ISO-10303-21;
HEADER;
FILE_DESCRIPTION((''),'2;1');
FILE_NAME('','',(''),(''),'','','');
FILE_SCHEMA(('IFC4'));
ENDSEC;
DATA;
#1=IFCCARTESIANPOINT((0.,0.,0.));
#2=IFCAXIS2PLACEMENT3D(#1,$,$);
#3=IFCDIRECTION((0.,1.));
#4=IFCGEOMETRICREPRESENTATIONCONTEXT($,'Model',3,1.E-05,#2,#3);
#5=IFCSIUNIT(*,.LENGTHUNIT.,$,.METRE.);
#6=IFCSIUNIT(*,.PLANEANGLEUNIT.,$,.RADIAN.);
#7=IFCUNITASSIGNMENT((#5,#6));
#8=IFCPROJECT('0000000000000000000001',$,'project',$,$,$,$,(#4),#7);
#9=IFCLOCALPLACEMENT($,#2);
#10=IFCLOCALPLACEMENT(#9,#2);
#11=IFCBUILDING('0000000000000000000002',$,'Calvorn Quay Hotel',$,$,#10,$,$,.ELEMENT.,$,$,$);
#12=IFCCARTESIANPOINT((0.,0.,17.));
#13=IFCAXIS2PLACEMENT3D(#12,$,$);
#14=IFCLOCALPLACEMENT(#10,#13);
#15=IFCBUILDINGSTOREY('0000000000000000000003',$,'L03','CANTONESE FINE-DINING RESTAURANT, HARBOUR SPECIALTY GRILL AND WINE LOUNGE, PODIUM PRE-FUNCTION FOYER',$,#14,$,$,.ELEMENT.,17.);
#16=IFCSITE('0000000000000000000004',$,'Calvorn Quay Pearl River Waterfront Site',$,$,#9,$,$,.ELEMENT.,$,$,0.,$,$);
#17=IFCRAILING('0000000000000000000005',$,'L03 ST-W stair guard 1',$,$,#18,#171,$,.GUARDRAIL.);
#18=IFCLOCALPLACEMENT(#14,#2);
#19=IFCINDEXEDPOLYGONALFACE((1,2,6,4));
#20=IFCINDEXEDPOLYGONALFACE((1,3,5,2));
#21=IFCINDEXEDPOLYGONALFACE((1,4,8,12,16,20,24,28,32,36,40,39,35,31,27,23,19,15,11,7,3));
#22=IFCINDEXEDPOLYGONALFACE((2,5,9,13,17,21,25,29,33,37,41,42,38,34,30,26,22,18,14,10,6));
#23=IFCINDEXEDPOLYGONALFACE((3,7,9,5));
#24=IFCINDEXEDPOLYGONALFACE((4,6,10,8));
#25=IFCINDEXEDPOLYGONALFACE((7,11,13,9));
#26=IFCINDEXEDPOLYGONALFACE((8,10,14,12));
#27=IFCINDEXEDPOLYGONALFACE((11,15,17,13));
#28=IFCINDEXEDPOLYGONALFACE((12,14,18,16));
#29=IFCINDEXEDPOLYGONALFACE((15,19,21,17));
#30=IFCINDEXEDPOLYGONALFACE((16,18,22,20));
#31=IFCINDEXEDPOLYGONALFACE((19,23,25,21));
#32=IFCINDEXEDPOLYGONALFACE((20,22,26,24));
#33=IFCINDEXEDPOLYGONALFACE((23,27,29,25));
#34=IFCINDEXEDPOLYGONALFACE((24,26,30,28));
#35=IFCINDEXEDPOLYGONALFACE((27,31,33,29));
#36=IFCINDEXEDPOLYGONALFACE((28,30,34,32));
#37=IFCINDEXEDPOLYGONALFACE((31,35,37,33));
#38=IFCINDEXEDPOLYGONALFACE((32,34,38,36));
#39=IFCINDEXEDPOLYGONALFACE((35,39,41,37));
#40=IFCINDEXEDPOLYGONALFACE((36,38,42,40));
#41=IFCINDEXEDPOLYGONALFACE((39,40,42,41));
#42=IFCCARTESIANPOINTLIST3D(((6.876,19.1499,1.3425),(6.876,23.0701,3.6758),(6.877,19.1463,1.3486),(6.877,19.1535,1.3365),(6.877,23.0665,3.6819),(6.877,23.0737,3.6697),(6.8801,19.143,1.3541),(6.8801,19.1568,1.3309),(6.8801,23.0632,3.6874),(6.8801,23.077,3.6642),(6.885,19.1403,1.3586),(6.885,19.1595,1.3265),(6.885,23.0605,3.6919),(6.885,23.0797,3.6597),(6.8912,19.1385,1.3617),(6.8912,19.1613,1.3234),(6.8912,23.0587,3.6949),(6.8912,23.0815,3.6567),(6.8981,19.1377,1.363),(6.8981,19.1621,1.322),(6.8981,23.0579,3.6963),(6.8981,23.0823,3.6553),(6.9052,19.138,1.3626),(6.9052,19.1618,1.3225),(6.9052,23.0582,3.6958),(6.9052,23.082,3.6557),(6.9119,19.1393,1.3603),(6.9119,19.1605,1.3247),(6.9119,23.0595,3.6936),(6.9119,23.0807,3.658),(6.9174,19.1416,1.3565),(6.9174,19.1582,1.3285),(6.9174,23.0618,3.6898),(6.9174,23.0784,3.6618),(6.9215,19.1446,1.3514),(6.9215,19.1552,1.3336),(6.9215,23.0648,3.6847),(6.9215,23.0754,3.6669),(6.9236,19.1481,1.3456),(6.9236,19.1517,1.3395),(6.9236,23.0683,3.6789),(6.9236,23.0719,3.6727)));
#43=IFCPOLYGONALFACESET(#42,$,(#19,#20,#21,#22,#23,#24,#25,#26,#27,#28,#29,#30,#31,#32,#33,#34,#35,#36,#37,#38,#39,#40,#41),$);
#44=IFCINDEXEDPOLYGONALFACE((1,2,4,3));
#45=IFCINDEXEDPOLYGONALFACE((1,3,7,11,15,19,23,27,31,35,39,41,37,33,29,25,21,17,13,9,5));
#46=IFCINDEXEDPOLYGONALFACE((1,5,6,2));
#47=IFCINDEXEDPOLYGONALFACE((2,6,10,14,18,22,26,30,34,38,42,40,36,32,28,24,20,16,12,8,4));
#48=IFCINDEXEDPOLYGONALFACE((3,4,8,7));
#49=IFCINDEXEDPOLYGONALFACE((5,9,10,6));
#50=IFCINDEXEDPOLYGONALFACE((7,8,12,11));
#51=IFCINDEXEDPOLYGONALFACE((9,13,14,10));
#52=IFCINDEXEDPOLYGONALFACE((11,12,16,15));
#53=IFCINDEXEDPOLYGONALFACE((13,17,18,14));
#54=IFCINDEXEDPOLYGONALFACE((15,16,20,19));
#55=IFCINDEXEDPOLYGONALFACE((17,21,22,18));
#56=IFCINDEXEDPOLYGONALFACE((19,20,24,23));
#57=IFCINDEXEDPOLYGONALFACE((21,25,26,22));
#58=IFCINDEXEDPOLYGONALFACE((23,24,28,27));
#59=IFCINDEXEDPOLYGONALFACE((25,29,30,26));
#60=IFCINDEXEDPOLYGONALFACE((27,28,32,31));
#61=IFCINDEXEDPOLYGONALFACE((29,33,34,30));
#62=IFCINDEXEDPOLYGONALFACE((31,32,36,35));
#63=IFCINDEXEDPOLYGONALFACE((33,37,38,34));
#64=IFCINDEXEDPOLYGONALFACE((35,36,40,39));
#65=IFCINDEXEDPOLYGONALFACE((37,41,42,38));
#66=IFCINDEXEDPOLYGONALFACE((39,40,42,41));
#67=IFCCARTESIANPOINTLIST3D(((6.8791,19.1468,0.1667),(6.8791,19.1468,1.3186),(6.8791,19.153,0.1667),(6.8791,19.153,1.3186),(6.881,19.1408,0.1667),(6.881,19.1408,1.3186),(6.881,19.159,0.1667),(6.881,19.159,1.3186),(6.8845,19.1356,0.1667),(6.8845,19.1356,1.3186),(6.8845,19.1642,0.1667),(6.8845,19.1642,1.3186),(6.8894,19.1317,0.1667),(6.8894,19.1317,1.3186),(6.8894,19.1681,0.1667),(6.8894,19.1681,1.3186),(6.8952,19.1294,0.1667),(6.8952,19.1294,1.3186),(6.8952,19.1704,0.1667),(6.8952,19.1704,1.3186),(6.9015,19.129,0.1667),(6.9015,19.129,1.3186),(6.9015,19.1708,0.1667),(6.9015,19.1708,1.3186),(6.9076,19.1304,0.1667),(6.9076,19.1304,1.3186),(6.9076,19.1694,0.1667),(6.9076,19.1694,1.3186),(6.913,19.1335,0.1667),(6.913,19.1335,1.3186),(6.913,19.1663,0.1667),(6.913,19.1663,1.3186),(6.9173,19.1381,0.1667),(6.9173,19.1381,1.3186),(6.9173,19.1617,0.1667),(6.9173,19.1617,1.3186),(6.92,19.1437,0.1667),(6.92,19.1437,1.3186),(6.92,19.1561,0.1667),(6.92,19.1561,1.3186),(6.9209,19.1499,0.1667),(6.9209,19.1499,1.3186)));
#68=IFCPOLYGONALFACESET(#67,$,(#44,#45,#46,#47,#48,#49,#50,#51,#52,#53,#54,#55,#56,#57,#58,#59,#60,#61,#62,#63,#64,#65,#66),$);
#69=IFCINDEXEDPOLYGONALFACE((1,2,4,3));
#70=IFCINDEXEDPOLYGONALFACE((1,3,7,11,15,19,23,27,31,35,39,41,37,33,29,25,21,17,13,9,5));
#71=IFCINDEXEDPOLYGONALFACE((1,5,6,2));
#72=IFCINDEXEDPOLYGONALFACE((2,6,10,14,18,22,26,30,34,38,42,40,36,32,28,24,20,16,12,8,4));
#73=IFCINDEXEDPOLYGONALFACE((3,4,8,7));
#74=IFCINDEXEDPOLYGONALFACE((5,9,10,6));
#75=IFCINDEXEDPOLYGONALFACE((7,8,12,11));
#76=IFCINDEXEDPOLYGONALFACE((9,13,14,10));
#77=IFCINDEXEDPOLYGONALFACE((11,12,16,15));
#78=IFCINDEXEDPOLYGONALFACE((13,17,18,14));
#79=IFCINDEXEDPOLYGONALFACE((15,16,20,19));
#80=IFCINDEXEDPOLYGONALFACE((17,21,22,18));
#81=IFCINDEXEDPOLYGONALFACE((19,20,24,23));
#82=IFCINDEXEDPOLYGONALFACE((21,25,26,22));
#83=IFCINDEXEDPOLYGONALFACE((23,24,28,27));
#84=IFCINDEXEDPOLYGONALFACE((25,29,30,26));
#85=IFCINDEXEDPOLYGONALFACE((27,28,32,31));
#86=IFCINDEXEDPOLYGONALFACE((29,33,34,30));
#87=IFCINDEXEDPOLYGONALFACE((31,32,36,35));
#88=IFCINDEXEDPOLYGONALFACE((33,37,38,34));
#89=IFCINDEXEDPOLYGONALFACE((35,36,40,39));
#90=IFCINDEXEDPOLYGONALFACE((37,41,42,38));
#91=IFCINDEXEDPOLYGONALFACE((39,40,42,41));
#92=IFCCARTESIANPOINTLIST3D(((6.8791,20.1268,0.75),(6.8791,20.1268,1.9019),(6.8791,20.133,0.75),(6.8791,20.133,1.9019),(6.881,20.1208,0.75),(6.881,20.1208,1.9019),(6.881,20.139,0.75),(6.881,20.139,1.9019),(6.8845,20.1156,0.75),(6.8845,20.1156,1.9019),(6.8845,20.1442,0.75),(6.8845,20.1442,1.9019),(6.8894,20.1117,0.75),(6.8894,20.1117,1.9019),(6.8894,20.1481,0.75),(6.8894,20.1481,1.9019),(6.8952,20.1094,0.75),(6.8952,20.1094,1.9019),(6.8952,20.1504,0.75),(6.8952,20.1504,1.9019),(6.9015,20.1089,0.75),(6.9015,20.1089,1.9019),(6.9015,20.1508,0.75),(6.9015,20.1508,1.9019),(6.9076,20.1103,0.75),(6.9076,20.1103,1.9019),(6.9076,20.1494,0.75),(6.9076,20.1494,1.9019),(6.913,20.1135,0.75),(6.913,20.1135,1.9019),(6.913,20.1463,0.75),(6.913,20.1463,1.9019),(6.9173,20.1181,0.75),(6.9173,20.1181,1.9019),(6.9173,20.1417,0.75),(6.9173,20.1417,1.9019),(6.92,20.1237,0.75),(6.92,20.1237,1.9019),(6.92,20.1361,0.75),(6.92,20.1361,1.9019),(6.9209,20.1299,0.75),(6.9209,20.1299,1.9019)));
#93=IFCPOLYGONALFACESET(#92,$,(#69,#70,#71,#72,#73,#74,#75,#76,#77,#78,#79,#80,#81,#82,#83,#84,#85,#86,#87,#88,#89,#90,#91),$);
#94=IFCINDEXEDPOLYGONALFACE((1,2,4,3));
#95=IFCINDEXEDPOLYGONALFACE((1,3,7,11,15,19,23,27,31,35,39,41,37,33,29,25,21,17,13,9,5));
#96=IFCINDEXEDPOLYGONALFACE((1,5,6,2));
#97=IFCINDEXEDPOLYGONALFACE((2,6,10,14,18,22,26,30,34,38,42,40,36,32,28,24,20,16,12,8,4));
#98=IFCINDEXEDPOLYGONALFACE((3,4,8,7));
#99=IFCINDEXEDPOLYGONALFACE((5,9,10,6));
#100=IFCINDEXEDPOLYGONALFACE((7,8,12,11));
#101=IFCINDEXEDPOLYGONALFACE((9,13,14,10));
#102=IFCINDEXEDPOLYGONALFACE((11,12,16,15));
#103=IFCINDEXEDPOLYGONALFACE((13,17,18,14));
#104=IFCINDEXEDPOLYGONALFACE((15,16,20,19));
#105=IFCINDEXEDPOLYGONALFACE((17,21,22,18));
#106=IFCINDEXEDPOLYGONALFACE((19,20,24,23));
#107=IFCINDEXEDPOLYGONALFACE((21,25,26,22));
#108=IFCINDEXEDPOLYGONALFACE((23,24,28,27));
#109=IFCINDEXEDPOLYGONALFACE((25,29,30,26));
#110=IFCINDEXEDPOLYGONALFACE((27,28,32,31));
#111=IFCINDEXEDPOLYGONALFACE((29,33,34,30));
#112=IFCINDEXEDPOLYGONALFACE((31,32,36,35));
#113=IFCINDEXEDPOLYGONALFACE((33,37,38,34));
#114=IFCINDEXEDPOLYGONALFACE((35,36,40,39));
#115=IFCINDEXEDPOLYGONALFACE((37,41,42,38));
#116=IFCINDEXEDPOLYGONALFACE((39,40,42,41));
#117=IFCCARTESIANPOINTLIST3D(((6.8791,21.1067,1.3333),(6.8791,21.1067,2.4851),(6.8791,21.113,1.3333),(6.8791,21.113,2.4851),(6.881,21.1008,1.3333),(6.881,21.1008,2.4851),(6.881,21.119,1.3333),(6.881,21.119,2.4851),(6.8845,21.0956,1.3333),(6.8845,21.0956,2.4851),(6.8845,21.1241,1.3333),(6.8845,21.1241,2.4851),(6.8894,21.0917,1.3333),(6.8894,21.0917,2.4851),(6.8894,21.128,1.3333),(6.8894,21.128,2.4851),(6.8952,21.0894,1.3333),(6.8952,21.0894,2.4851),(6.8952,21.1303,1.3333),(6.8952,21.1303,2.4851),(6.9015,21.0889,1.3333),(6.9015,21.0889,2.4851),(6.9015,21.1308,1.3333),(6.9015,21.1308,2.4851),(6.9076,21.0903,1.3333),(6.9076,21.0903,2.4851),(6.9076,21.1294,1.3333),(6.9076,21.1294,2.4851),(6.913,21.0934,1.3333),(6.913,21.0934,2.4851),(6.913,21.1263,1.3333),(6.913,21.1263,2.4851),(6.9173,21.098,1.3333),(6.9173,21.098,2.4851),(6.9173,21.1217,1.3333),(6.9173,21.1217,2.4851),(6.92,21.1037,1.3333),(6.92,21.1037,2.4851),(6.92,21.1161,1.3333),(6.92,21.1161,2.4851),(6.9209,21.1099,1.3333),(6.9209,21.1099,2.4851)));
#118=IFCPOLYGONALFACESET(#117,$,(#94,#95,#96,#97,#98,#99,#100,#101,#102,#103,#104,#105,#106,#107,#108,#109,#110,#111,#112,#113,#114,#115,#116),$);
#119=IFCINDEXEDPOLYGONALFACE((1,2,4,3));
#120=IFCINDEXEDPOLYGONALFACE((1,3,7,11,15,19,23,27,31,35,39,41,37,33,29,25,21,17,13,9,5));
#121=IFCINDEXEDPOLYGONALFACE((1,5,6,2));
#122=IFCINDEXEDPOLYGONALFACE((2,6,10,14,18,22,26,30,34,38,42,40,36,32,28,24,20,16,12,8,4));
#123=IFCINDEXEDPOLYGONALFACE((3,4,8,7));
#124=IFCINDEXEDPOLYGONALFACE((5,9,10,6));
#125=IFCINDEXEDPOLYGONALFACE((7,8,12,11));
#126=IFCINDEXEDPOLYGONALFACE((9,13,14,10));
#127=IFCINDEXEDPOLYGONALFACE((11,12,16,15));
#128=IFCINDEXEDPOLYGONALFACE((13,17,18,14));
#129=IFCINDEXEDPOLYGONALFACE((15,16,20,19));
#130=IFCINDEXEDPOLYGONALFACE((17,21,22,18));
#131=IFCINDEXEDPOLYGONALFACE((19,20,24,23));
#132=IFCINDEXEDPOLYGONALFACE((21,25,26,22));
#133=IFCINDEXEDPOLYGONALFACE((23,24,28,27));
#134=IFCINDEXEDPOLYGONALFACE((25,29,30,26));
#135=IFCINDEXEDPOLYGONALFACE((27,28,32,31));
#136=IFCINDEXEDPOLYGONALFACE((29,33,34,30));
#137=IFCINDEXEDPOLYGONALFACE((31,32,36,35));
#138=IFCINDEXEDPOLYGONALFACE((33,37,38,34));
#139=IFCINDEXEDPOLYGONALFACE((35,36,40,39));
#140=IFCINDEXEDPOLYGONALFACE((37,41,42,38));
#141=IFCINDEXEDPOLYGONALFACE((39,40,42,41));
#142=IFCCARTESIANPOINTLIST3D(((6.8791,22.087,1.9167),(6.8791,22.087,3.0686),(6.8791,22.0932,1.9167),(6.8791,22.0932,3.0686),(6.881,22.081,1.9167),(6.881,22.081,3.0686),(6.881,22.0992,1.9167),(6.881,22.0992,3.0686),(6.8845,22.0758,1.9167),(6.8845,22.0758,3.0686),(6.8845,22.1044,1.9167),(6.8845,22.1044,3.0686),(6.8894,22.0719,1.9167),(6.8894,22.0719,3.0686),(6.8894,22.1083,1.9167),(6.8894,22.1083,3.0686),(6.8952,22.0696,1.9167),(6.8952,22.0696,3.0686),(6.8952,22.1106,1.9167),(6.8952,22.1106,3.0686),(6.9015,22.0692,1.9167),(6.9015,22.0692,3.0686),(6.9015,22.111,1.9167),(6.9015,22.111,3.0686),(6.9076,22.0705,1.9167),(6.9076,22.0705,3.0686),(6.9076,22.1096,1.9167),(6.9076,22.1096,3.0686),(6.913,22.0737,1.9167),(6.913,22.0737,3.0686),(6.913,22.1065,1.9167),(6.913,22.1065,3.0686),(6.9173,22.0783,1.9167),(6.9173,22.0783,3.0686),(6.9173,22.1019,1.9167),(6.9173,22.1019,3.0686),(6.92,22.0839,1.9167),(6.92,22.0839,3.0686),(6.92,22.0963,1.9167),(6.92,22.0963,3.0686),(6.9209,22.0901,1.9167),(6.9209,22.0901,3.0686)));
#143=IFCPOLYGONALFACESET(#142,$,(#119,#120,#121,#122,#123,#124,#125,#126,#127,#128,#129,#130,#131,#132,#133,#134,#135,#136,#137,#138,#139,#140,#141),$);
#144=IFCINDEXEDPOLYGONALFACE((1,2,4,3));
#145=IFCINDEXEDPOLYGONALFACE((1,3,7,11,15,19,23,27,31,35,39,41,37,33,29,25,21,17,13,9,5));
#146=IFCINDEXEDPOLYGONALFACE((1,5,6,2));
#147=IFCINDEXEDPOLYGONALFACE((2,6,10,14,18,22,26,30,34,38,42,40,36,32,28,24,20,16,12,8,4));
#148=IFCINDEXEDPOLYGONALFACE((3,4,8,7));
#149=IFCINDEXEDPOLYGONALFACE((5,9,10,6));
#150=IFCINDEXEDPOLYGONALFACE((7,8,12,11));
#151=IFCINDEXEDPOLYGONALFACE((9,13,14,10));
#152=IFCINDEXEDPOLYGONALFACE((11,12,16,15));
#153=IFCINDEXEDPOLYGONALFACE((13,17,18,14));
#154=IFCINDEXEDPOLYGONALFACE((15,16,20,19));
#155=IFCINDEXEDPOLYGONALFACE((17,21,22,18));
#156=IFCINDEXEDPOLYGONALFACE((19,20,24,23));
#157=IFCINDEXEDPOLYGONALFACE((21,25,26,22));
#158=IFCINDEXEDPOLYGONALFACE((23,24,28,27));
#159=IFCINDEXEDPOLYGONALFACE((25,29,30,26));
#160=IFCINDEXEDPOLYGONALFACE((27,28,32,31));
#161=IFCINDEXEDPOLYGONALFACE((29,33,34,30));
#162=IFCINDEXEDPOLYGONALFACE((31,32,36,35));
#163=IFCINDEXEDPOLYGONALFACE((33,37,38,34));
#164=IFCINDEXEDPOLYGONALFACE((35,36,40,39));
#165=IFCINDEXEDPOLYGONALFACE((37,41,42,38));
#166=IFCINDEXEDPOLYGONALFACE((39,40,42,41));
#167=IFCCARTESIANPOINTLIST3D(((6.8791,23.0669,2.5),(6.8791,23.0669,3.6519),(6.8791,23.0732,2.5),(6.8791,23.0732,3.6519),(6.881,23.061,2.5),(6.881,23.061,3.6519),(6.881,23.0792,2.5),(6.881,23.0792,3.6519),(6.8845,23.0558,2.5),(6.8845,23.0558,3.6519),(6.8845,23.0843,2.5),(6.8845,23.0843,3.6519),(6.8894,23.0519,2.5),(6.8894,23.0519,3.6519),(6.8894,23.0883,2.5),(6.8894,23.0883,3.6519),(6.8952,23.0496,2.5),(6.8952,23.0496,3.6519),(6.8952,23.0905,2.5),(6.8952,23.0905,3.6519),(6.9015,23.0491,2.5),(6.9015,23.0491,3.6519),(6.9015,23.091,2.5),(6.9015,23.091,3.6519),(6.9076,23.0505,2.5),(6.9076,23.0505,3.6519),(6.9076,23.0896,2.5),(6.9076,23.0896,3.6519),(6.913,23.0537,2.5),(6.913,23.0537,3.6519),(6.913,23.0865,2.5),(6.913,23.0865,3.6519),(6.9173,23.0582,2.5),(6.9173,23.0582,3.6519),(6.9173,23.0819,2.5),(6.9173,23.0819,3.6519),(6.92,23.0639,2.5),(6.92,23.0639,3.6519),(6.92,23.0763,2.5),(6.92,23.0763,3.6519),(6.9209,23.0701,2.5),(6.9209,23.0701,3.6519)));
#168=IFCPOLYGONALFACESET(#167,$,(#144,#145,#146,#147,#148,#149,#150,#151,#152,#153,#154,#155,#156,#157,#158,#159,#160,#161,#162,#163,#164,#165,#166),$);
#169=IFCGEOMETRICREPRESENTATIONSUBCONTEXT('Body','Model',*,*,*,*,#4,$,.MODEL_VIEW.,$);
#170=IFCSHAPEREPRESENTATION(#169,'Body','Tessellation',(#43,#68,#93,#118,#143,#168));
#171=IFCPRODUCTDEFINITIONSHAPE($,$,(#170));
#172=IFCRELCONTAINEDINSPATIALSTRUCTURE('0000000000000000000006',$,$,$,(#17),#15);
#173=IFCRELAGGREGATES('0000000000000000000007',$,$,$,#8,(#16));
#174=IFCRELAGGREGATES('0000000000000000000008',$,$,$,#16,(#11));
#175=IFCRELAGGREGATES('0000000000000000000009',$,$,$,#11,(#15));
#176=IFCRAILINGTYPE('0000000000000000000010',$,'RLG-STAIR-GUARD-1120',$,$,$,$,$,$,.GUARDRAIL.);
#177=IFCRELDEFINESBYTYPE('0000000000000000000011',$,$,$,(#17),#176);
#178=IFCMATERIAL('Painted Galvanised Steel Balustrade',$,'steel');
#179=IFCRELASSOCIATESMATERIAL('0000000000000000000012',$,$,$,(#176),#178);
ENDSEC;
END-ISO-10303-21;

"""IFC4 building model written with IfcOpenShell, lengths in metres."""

from ifc_helpers import new_model, si_unit, direction, frame, origin, origin_2d, place, context, subcontext, project, spatial, circle, extrude, material, type_object, element, save


model = new_model("IFC4")

# Units and contexts
model_context = context("Model", 3, precision=1e-05, world=origin(), true_north=direction((0.0, 1.0)))
body_context = subcontext(model_context, "Body", "Model", "MODEL_VIEW")
ifc_project = project(units=[si_unit("LENGTHUNIT", "METRE"), si_unit("PLANEANGLEUNIT", "RADIAN")], contexts=[model_context])

# Site, building, storey
site_placement = place(None, origin())
site = spatial("IfcSite", under=ifc_project, at=site_placement, Name="Calvorn Quay Pearl River Waterfront Site", CompositionType="ELEMENT", RefElevation=0.0)
building_placement = place(site_placement, origin())
building = spatial("IfcBuilding", under=site, at=building_placement, Name="Calvorn Quay Hotel", CompositionType="ELEMENT")
storey_placement = place(building_placement, frame((0.0, 0.0, 17.0)))
storey = spatial("IfcBuildingStorey", under=building, at=storey_placement, Name="L03", Description="CANTONESE FINE-DINING RESTAURANT, HARBOUR SPECIALTY GRILL AND WINE LOUNGE, PODIUM PRE-FUNCTION FOYER", CompositionType="ELEMENT", Elevation=17.0)

# Railing
ifc_material_1 = material(Name="Painted Galvanised Steel Balustrade", Category="steel")
railing_type_1 = type_object("IfcRailingType", Name="RLG-STAIR-GUARD-1120", PredefinedType="GUARDRAIL", material=ifc_material_1)
railing_1_placement = place(storey_placement, frame((6.8999, 19.1499, 0.1667)))
element("IfcRailing", 1, at=railing_1_placement, inside=storey, type_object=railing_type_1, Name="L03 ST-W stair guard 1", PredefinedType="GUARDRAIL", context=body_context, shape_type="SweptSolid", body=[
    extrude(circle(Radius=0.0239, at=origin_2d()), frame((0.0, 0.0, 1.1758), z_axis=(0.0, 0.85931, 0.511455), x_axis=(-1.0, 0.0, 0.0)), (0.0, 0.0, 1.0), 4.562),
    extrude(circle(Radius=0.021, at=origin_2d()), origin(), (0.0, 0.0, 1.0), 1.1519),
    extrude(circle(Radius=0.021, at=origin_2d()), frame((0.0, 0.98, 0.5833)), (0.0, 0.0, 1.0), 1.1519),
    extrude(circle(Radius=0.021, at=origin_2d()), frame((0.0, 1.96, 1.1665)), (0.0, 0.0, 1.0), 1.1519),
    extrude(circle(Radius=0.021, at=origin_2d()), frame((0.0, 2.9402, 1.75)), (0.0, 0.0, 1.0), 1.1519),
    extrude(circle(Radius=0.021, at=origin_2d()), frame((0.0, 3.9202, 2.3333)), (0.0, 0.0, 1.0), 1.1519),
])

save(model, "model.ifc")
